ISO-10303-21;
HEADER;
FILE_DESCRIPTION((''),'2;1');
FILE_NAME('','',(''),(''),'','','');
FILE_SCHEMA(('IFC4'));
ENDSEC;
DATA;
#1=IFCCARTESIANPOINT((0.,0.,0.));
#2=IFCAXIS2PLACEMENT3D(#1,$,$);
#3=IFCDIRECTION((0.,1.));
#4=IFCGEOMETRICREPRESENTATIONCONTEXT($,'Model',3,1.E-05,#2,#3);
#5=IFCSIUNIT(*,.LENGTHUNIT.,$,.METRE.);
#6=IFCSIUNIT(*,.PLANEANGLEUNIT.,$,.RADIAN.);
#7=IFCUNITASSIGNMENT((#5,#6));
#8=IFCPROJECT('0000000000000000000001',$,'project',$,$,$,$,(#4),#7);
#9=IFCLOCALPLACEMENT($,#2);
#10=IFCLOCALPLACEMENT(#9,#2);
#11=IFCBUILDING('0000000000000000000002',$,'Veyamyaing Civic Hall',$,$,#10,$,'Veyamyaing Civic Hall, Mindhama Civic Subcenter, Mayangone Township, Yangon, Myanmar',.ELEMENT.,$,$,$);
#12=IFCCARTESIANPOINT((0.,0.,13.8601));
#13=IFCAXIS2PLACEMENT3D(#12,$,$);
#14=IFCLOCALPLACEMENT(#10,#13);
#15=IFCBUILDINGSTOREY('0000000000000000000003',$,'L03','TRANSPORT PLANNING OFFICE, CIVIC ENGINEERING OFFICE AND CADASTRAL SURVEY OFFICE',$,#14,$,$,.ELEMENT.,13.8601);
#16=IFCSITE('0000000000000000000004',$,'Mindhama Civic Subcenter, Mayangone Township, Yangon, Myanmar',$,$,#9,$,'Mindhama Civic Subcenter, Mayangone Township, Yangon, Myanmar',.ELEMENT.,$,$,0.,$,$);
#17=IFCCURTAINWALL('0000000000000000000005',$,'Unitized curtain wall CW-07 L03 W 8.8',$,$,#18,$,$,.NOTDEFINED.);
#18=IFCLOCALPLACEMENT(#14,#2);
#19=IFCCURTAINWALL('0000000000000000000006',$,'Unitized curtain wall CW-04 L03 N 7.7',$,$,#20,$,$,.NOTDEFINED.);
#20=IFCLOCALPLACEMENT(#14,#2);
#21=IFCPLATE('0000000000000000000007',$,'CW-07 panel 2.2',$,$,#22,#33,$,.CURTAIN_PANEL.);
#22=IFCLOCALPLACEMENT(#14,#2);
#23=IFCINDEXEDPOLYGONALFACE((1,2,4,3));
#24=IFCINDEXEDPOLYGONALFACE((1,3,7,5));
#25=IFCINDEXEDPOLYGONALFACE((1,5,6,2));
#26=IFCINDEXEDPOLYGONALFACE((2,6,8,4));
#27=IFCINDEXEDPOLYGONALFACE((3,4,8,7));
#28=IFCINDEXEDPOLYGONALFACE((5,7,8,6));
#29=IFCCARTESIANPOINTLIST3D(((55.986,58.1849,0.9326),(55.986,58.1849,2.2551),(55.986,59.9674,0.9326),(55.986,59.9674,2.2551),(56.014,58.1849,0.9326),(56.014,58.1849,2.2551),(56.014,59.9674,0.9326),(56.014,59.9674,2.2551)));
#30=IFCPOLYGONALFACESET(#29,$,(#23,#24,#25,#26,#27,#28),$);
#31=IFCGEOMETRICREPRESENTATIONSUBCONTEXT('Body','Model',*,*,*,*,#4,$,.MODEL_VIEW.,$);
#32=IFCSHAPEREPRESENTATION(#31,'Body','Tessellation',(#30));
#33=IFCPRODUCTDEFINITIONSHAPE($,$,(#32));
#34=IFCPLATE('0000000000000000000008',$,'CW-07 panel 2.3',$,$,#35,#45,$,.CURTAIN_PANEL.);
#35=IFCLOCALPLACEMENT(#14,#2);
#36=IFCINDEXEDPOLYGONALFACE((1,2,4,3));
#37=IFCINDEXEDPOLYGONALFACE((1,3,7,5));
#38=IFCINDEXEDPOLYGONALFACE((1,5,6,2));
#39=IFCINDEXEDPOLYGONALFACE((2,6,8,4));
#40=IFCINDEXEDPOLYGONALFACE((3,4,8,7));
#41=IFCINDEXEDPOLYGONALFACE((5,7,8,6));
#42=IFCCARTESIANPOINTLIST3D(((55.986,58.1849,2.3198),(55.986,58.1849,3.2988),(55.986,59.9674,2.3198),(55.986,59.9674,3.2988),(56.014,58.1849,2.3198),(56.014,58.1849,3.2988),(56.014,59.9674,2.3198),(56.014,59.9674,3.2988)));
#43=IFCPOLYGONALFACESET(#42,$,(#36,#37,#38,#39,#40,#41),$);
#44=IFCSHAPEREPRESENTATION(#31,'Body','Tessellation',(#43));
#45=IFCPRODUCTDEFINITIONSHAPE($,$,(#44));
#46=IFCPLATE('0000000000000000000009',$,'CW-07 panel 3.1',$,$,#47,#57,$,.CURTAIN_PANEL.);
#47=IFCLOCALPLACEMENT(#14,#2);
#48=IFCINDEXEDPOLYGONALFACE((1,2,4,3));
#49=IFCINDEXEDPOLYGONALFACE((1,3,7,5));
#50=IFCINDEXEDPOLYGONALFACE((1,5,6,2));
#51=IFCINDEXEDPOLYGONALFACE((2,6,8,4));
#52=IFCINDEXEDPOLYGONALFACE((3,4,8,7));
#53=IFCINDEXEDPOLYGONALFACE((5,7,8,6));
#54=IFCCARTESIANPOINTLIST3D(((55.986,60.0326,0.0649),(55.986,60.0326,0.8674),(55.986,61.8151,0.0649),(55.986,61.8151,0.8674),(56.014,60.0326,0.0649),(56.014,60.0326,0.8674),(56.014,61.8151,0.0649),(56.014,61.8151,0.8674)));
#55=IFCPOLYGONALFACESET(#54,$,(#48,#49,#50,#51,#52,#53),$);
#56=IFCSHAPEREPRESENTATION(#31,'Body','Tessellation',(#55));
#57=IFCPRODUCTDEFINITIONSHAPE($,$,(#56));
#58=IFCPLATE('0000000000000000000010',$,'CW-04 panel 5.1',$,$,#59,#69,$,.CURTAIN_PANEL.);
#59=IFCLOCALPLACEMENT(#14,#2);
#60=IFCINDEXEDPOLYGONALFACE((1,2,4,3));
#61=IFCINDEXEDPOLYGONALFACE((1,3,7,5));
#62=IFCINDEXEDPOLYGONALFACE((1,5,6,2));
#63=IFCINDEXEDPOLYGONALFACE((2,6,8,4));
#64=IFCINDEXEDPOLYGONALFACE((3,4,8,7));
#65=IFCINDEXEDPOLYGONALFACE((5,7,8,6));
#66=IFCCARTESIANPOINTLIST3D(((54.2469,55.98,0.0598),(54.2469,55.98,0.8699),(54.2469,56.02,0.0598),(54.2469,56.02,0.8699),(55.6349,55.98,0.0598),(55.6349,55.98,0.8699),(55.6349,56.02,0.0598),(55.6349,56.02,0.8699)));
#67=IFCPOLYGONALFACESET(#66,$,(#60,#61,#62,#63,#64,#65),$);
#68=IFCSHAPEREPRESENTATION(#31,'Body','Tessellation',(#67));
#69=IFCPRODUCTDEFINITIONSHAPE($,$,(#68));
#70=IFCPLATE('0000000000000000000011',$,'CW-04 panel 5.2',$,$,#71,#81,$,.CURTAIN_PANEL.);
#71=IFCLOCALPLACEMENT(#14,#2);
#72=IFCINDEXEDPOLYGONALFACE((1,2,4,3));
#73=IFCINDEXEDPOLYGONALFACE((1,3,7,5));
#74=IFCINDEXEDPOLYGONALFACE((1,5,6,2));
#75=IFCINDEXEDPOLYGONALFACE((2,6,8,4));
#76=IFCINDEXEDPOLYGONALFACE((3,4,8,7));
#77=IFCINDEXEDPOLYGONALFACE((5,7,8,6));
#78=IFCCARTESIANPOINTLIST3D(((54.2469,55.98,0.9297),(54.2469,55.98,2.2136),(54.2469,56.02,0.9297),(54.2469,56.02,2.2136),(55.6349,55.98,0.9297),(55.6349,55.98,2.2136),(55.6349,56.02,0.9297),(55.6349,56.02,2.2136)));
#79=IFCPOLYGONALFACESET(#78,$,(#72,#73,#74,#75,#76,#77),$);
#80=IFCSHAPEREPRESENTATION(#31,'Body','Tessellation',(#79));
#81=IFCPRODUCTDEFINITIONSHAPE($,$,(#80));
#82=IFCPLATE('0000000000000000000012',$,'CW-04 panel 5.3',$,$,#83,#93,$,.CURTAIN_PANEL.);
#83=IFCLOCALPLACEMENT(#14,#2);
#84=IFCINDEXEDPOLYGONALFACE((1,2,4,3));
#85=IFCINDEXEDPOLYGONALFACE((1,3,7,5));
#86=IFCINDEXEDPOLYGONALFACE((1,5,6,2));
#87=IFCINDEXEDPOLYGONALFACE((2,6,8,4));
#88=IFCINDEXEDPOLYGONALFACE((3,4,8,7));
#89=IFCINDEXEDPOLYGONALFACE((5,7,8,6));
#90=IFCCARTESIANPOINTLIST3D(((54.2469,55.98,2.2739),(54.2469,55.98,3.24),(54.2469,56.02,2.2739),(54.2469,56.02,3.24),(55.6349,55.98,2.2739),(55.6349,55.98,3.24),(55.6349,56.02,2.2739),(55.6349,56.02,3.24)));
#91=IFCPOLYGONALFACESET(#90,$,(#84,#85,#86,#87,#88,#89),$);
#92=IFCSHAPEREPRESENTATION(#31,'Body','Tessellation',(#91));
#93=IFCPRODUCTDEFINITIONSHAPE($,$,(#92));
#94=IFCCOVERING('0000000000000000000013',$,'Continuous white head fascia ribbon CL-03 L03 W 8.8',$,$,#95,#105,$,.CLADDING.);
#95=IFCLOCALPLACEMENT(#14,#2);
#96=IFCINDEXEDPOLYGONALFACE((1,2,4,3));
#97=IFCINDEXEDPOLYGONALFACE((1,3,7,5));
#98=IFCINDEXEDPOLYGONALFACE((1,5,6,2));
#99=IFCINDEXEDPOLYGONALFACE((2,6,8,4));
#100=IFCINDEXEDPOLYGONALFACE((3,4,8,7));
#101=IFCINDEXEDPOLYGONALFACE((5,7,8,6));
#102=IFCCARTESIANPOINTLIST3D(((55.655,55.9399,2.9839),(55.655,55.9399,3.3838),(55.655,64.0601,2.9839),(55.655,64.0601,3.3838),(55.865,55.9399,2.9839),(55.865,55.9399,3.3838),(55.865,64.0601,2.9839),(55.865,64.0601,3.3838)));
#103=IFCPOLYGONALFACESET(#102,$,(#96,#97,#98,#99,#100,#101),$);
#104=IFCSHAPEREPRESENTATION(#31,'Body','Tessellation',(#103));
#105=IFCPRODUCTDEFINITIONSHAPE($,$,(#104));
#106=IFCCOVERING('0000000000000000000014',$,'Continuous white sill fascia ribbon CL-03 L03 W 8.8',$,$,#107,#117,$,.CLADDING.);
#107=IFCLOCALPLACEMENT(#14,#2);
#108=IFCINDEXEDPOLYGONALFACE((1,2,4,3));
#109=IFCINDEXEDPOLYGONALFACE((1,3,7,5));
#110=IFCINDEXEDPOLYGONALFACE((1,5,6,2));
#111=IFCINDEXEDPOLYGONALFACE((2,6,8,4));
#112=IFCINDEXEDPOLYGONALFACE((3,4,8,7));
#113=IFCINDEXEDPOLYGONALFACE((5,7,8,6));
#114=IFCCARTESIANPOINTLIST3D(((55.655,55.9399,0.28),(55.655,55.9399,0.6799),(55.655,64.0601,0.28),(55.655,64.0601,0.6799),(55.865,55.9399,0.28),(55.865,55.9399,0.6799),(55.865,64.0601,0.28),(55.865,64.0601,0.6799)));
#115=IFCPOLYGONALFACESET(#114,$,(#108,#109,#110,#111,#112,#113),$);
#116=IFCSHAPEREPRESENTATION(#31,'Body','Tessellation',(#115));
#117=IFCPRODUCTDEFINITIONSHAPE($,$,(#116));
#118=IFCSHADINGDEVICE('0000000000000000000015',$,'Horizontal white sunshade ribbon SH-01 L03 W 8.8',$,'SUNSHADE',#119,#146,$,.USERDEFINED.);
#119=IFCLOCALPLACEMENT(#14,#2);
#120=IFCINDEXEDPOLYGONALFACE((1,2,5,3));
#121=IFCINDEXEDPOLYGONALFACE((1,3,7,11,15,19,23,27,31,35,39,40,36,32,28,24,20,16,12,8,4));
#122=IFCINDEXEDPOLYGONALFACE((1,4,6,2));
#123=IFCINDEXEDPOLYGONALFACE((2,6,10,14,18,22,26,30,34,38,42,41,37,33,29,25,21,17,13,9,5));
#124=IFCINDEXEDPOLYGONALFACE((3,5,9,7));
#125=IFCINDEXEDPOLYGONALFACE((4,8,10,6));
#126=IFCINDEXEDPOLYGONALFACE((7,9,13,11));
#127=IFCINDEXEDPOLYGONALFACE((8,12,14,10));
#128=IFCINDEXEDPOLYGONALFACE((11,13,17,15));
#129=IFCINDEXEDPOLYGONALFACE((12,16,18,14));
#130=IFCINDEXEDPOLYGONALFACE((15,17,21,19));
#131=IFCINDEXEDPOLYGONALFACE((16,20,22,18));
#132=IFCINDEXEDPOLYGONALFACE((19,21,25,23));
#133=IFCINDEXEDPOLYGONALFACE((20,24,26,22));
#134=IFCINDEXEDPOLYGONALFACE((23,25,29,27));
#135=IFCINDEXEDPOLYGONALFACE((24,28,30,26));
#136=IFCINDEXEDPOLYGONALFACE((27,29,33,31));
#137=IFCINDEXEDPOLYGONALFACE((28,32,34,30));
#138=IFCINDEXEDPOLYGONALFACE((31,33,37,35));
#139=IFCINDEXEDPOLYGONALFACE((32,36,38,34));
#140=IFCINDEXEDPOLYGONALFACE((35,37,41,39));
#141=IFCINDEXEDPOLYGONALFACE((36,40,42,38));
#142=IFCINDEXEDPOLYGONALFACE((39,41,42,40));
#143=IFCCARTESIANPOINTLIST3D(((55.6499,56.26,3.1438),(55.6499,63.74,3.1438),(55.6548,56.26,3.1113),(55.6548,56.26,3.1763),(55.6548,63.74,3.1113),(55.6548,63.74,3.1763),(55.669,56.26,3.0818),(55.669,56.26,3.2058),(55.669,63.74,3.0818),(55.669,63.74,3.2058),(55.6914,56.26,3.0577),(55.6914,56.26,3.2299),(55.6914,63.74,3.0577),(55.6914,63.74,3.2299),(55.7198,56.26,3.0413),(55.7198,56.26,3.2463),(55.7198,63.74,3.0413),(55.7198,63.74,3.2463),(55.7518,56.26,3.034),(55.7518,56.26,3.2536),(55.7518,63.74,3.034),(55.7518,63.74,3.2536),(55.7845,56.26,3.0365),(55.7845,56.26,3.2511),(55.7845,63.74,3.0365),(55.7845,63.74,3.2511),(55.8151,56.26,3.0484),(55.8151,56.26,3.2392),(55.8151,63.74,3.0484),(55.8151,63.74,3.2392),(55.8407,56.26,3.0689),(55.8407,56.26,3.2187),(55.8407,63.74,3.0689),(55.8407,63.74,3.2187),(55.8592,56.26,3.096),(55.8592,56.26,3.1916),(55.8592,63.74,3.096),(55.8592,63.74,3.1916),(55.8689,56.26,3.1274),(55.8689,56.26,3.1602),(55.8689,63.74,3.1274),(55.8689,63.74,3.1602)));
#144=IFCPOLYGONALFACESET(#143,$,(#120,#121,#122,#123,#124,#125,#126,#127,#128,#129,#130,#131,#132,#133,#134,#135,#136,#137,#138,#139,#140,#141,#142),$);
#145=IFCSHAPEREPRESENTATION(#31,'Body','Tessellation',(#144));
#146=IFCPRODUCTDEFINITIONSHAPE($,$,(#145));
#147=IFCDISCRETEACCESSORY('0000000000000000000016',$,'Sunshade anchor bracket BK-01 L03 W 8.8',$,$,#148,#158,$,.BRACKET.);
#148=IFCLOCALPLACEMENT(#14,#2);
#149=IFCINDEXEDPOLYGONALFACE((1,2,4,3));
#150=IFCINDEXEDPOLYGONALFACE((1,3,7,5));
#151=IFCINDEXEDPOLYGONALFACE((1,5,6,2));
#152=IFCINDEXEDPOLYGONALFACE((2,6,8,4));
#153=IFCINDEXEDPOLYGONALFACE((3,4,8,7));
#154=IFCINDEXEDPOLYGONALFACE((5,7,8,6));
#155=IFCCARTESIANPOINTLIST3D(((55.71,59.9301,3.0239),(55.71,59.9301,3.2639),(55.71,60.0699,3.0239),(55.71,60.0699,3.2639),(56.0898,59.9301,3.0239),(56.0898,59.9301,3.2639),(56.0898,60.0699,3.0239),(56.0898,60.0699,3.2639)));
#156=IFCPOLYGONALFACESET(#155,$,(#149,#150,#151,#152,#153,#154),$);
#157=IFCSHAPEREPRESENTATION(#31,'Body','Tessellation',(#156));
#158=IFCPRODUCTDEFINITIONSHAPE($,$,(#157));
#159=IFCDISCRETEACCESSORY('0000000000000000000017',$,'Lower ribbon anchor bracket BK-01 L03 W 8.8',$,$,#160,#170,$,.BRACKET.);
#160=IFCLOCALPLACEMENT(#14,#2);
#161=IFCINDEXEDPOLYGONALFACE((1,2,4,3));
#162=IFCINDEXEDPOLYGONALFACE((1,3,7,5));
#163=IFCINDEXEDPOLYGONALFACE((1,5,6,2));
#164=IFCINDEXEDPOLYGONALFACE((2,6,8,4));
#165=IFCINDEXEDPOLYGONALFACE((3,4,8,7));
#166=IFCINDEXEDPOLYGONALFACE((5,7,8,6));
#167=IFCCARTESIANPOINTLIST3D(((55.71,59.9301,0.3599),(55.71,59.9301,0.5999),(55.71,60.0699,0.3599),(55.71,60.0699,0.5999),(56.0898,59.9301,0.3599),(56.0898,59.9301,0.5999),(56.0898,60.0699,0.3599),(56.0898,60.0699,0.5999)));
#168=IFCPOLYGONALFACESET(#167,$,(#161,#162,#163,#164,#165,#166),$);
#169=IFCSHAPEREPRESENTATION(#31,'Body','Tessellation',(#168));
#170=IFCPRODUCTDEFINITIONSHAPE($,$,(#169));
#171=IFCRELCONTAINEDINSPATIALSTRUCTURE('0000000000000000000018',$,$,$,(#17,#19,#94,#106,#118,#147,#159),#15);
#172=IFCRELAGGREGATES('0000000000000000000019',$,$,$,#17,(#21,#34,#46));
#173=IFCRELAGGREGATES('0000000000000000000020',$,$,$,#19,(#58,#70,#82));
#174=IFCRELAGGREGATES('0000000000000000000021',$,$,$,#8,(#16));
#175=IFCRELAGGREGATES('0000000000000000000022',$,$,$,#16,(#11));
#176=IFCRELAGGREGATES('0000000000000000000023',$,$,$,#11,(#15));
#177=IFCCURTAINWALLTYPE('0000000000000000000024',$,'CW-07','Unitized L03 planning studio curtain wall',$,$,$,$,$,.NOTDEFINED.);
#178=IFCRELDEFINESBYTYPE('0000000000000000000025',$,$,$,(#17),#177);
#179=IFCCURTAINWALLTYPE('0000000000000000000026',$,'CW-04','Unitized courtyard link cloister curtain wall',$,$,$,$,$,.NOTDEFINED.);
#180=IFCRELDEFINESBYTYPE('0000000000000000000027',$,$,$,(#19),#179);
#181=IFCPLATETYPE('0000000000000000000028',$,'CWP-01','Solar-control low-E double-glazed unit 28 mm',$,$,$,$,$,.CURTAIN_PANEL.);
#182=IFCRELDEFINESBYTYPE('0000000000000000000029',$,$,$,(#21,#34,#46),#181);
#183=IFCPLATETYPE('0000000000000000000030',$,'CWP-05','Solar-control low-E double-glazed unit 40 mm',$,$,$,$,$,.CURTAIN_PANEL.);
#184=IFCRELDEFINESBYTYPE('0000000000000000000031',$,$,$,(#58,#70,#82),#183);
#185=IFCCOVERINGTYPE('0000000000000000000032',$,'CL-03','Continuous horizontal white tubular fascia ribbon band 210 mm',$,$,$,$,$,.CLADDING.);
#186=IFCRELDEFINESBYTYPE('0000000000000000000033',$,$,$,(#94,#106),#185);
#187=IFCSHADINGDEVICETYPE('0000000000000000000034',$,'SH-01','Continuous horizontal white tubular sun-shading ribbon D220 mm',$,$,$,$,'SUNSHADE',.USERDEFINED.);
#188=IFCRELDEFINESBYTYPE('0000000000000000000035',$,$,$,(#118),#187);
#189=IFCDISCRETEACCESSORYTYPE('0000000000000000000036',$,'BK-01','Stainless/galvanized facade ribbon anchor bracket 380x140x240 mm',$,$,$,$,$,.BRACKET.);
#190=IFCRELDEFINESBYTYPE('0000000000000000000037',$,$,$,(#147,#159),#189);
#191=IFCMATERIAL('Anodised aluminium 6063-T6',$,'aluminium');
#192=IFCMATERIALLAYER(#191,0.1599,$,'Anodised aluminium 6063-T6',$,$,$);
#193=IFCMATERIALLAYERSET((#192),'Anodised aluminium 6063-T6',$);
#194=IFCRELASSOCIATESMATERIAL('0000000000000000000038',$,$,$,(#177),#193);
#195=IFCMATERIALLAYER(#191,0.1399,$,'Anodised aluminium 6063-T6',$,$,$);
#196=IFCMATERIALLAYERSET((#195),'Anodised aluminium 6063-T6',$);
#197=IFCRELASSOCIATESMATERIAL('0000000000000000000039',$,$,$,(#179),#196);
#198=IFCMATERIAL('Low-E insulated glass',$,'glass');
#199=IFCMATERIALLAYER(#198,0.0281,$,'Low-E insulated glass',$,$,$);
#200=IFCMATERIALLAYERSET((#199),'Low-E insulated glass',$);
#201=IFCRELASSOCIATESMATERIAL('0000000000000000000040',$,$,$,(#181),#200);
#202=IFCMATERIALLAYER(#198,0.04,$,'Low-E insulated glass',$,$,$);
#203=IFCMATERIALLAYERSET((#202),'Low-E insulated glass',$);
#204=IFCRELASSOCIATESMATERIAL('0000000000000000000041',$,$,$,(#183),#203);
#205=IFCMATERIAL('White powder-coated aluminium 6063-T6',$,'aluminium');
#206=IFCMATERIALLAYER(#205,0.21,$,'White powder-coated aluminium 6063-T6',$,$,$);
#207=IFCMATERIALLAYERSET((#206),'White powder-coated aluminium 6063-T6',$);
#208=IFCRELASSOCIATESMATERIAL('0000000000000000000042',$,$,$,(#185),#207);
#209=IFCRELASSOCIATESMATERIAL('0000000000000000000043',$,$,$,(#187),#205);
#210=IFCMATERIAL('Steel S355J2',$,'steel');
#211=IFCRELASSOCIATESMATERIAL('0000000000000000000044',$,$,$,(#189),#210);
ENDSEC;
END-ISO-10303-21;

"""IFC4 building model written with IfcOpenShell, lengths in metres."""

from ifc_helpers import new_model, si_unit, direction, frame, origin, origin_2d, place, context, subcontext, project, spatial, rectangle, circle, extrude, material, layer, layer_set, material_profile, profile_set, type_object, element, aggregate, save


model = new_model("IFC4")

# Units and contexts
model_context = context("Model", 3, precision=1e-05, world=origin(), true_north=direction((0.0, 1.0)))
body_context = subcontext(model_context, "Body", "Model", "MODEL_VIEW")
ifc_project = project(units=[si_unit("LENGTHUNIT", "METRE"), si_unit("PLANEANGLEUNIT", "RADIAN")], contexts=[model_context])

# Site, building, storey
site_placement = place(None, origin())
site = spatial("IfcSite", under=ifc_project, at=site_placement, Name="Mindhama Civic Subcenter, Mayangone Township, Yangon, Myanmar", LongName="Mindhama Civic Subcenter, Mayangone Township, Yangon, Myanmar", CompositionType="ELEMENT", RefElevation=0.0)
building_placement = place(site_placement, origin())
building = spatial("IfcBuilding", under=site, at=building_placement, Name="Veyamyaing Civic Hall", LongName="Veyamyaing Civic Hall, Mindhama Civic Subcenter, Mayangone Township, Yangon, Myanmar", CompositionType="ELEMENT")
storey_placement = place(building_placement, frame((0.0, 0.0, 13.8601)))
storey = spatial("IfcBuildingStorey", under=building, at=storey_placement, Name="L03", Description="TRANSPORT PLANNING OFFICE, CIVIC ENGINEERING OFFICE AND CADASTRAL SURVEY OFFICE", CompositionType="ELEMENT", Elevation=13.8601)

# Curtain wall
ifc_material_1 = material(Name="Anodised aluminium 6063-T6", Category="aluminium")
ifc_layer_1 = layer(ifc_material_1, 0.1599, Name="Anodised aluminium 6063-T6")
ifc_layer_set_1 = layer_set([ifc_layer_1], Name="Anodised aluminium 6063-T6")
curtain_wall_type_1 = type_object("IfcCurtainWallType", Name="CW-07", Description="Unitized L03 planning studio curtain wall", PredefinedType="NOTDEFINED", material=ifc_layer_set_1)
curtain_wall_1_placement = place(storey_placement, origin())
curtain_wall_1 = element("IfcCurtainWall", 1, at=curtain_wall_1_placement, inside=storey, type_object=curtain_wall_type_1, Name="Unitized curtain wall CW-07 L03 W 8.8", PredefinedType="NOTDEFINED")

# Curtain wall
ifc_layer_2 = layer(ifc_material_1, 0.1399, Name="Anodised aluminium 6063-T6")
ifc_layer_set_2 = layer_set([ifc_layer_2], Name="Anodised aluminium 6063-T6")
curtain_wall_type_2 = type_object("IfcCurtainWallType", Name="CW-04", Description="Unitized courtyard link cloister curtain wall", PredefinedType="NOTDEFINED", material=ifc_layer_set_2)
curtain_wall_2_placement = place(storey_placement, origin())
curtain_wall_2 = element("IfcCurtainWall", 2, at=curtain_wall_2_placement, inside=storey, type_object=curtain_wall_type_2, Name="Unitized curtain wall CW-04 L03 N 7.7", PredefinedType="NOTDEFINED")

# Plates
ifc_material_2 = material(Name="Low-E insulated glass", Category="glass")
ifc_layer_3 = layer(ifc_material_2, 0.0281, Name="Low-E insulated glass")
ifc_layer_set_3 = layer_set([ifc_layer_3], Name="Low-E insulated glass")
plate_type_1 = type_object("IfcPlateType", Name="CWP-01", Description="Solar-control low-E double-glazed unit 28 mm", PredefinedType="CURTAIN_PANEL", material=ifc_layer_set_3)
plate_1_placement = place(storey_placement, frame((56.0, 59.0762, 0.9326), z_axis=(0.0, 0.0, 1.0), x_axis=(0.0, 1.0, 0.0)))
plate_1 = element("IfcPlate", 3, at=plate_1_placement, type_object=plate_type_1, Name="CW-07 panel 2.2", PredefinedType="CURTAIN_PANEL", context=body_context, shape_type="SweptSolid", body=[
    extrude(rectangle(XDim=1.7825, YDim=0.0281, at=origin_2d()), origin(), (0.0, 0.0, 1.0), 1.3225),
])
plate_2_placement = place(storey_placement, frame((56.0, 59.0762, 2.3198), z_axis=(0.0, 0.0, 1.0), x_axis=(0.0, 1.0, 0.0)))
plate_2 = element("IfcPlate", 4, at=plate_2_placement, type_object=plate_type_1, Name="CW-07 panel 2.3", PredefinedType="CURTAIN_PANEL", context=body_context, shape_type="SweptSolid", body=[
    extrude(rectangle(XDim=1.7825, YDim=0.0281, at=origin_2d()), origin(), (0.0, 0.0, 1.0), 0.979),
])
plate_3_placement = place(storey_placement, frame((56.0, 60.9238, 0.0649), z_axis=(0.0, 0.0, 1.0), x_axis=(0.0, 1.0, 0.0)))
plate_3 = element("IfcPlate", 5, at=plate_3_placement, type_object=plate_type_1, Name="CW-07 panel 3.1", PredefinedType="CURTAIN_PANEL", context=body_context, shape_type="SweptSolid", body=[
    extrude(rectangle(XDim=1.7825, YDim=0.0281, at=origin_2d()), origin(), (0.0, 0.0, 1.0), 0.8025),
])
aggregate(curtain_wall_1, [plate_1, plate_2, plate_3])
ifc_layer_4 = layer(ifc_material_2, 0.04, Name="Low-E insulated glass")
ifc_layer_set_4 = layer_set([ifc_layer_4], Name="Low-E insulated glass")
plate_type_2 = type_object("IfcPlateType", Name="CWP-05", Description="Solar-control low-E double-glazed unit 40 mm", PredefinedType="CURTAIN_PANEL", material=ifc_layer_set_4)
plate_4_placement = place(storey_placement, frame((54.9409, 56.0, 0.0598), z_axis=(0.0, 0.0, 1.0), x_axis=(1.0, 0.0, 0.0)))
plate_4 = element("IfcPlate", 6, at=plate_4_placement, type_object=plate_type_2, Name="CW-04 panel 5.1", PredefinedType="CURTAIN_PANEL", context=body_context, shape_type="SweptSolid", body=[
    extrude(rectangle(XDim=1.3879, YDim=0.04, at=origin_2d()), origin(), (0.0, 0.0, 1.0), 0.8101),
])
plate_5_placement = place(storey_placement, frame((54.9409, 56.0, 0.9297), z_axis=(0.0, 0.0, 1.0), x_axis=(1.0, 0.0, 0.0)))
plate_5 = element("IfcPlate", 7, at=plate_5_placement, type_object=plate_type_2, Name="CW-04 panel 5.2", PredefinedType="CURTAIN_PANEL", context=body_context, shape_type="SweptSolid", body=[
    extrude(rectangle(XDim=1.3879, YDim=0.04, at=origin_2d()), origin(), (0.0, 0.0, 1.0), 1.2839),
])
plate_6_placement = place(storey_placement, frame((54.9409, 56.0, 2.2739), z_axis=(0.0, 0.0, 1.0), x_axis=(1.0, 0.0, 0.0)))
plate_6 = element("IfcPlate", 8, at=plate_6_placement, type_object=plate_type_2, Name="CW-04 panel 5.3", PredefinedType="CURTAIN_PANEL", context=body_context, shape_type="SweptSolid", body=[
    extrude(rectangle(XDim=1.3879, YDim=0.04, at=origin_2d()), origin(), (0.0, 0.0, 1.0), 0.9661),
])
aggregate(curtain_wall_2, [plate_4, plate_5, plate_6])

# Coverings
ifc_material_3 = material(Name="White powder-coated aluminium 6063-T6", Category="aluminium")
ifc_layer_5 = layer(ifc_material_3, 0.21, Name="White powder-coated aluminium 6063-T6")
ifc_layer_set_5 = layer_set([ifc_layer_5], Name="White powder-coated aluminium 6063-T6")
covering_type = type_object("IfcCoveringType", Name="CL-03", Description="Continuous horizontal white tubular fascia ribbon band 210 mm", PredefinedType="CLADDING", material=ifc_layer_set_5)
for number, where, z_axis, x_axis, name in (
    (9, (55.76, 60.0, 2.9839), (0.0, 0.0, 1.0), (0.0, 1.0, 0.0), "Continuous white head fascia ribbon CL-03 L03 W 8.8"),
    (10, (55.76, 60.0, 0.28), (0.0, 0.0, 1.0), (0.0, 1.0, 0.0), "Continuous white sill fascia ribbon CL-03 L03 W 8.8"),
):
    element("IfcCovering", number, at=place(storey_placement, frame(where, z_axis=z_axis, x_axis=x_axis)), inside=storey, type_object=covering_type, Name=name, PredefinedType="CLADDING", context=body_context, shape_type="SweptSolid", body=[
        extrude(rectangle(XDim=8.1201, YDim=0.21, at=origin_2d()), origin(), (0.0, 0.0, 1.0), 0.3999),
    ])

# Shading device
ifc_material_profile_1 = material_profile(ifc_material_3, circle(Radius=0.1101, at=origin_2d()), Name="SHADE-TUBE-220")
ifc_profile_set_1 = profile_set([ifc_material_profile_1], Name="White powder-coated aluminium 6063-T6")
shading_device_type = type_object("IfcShadingDeviceType", Name="SH-01", Description="Continuous horizontal white tubular sun-shading ribbon D220 mm", ElementType="SUNSHADE", PredefinedType="USERDEFINED", material=ifc_profile_set_1)
shading_device_placement = place(storey_placement, frame((55.76, 56.26, 3.1438), z_axis=(0.0, 1.0, 0.0), x_axis=(-1.0, 0.0, 0.0)))
element("IfcShadingDevice", 11, at=shading_device_placement, inside=storey, type_object=shading_device_type, Name="Horizontal white sunshade ribbon SH-01 L03 W 8.8", ObjectType="SUNSHADE", PredefinedType="USERDEFINED", context=body_context, shape_type="SweptSolid", body=[
    extrude(circle(Radius=0.1101, at=origin_2d()), origin(), (0.0, 0.0, 1.0), 7.48),
])

# Discrete accessories
ifc_material_4 = material(Name="Steel S355J2", Category="steel")
discrete_accessory_type = type_object("IfcDiscreteAccessoryType", Name="BK-01", Description="Stainless/galvanized facade ribbon anchor bracket 380x140x240 mm", PredefinedType="BRACKET", material=ifc_material_4)
for number, where, z_axis, x_axis, name in (
    (12, (55.8999, 60.0, 3.0239), (0.0, 0.0, 1.0), (-1.0, 0.0, 0.0), "Sunshade anchor bracket BK-01 L03 W 8.8"),
    (13, (55.8999, 60.0, 0.3599), (0.0, 0.0, 1.0), (-1.0, 0.0, 0.0), "Lower ribbon anchor bracket BK-01 L03 W 8.8"),
):
    element("IfcDiscreteAccessory", number, at=place(storey_placement, frame(where, z_axis=z_axis, x_axis=x_axis)), inside=storey, type_object=discrete_accessory_type, Name=name, PredefinedType="BRACKET", context=body_context, shape_type="SweptSolid", body=[
        extrude(rectangle(XDim=0.3799, YDim=0.1399, at=origin_2d()), origin(), (0.0, 0.0, 1.0), 0.24),
    ])

save(model, "model.ifc")
